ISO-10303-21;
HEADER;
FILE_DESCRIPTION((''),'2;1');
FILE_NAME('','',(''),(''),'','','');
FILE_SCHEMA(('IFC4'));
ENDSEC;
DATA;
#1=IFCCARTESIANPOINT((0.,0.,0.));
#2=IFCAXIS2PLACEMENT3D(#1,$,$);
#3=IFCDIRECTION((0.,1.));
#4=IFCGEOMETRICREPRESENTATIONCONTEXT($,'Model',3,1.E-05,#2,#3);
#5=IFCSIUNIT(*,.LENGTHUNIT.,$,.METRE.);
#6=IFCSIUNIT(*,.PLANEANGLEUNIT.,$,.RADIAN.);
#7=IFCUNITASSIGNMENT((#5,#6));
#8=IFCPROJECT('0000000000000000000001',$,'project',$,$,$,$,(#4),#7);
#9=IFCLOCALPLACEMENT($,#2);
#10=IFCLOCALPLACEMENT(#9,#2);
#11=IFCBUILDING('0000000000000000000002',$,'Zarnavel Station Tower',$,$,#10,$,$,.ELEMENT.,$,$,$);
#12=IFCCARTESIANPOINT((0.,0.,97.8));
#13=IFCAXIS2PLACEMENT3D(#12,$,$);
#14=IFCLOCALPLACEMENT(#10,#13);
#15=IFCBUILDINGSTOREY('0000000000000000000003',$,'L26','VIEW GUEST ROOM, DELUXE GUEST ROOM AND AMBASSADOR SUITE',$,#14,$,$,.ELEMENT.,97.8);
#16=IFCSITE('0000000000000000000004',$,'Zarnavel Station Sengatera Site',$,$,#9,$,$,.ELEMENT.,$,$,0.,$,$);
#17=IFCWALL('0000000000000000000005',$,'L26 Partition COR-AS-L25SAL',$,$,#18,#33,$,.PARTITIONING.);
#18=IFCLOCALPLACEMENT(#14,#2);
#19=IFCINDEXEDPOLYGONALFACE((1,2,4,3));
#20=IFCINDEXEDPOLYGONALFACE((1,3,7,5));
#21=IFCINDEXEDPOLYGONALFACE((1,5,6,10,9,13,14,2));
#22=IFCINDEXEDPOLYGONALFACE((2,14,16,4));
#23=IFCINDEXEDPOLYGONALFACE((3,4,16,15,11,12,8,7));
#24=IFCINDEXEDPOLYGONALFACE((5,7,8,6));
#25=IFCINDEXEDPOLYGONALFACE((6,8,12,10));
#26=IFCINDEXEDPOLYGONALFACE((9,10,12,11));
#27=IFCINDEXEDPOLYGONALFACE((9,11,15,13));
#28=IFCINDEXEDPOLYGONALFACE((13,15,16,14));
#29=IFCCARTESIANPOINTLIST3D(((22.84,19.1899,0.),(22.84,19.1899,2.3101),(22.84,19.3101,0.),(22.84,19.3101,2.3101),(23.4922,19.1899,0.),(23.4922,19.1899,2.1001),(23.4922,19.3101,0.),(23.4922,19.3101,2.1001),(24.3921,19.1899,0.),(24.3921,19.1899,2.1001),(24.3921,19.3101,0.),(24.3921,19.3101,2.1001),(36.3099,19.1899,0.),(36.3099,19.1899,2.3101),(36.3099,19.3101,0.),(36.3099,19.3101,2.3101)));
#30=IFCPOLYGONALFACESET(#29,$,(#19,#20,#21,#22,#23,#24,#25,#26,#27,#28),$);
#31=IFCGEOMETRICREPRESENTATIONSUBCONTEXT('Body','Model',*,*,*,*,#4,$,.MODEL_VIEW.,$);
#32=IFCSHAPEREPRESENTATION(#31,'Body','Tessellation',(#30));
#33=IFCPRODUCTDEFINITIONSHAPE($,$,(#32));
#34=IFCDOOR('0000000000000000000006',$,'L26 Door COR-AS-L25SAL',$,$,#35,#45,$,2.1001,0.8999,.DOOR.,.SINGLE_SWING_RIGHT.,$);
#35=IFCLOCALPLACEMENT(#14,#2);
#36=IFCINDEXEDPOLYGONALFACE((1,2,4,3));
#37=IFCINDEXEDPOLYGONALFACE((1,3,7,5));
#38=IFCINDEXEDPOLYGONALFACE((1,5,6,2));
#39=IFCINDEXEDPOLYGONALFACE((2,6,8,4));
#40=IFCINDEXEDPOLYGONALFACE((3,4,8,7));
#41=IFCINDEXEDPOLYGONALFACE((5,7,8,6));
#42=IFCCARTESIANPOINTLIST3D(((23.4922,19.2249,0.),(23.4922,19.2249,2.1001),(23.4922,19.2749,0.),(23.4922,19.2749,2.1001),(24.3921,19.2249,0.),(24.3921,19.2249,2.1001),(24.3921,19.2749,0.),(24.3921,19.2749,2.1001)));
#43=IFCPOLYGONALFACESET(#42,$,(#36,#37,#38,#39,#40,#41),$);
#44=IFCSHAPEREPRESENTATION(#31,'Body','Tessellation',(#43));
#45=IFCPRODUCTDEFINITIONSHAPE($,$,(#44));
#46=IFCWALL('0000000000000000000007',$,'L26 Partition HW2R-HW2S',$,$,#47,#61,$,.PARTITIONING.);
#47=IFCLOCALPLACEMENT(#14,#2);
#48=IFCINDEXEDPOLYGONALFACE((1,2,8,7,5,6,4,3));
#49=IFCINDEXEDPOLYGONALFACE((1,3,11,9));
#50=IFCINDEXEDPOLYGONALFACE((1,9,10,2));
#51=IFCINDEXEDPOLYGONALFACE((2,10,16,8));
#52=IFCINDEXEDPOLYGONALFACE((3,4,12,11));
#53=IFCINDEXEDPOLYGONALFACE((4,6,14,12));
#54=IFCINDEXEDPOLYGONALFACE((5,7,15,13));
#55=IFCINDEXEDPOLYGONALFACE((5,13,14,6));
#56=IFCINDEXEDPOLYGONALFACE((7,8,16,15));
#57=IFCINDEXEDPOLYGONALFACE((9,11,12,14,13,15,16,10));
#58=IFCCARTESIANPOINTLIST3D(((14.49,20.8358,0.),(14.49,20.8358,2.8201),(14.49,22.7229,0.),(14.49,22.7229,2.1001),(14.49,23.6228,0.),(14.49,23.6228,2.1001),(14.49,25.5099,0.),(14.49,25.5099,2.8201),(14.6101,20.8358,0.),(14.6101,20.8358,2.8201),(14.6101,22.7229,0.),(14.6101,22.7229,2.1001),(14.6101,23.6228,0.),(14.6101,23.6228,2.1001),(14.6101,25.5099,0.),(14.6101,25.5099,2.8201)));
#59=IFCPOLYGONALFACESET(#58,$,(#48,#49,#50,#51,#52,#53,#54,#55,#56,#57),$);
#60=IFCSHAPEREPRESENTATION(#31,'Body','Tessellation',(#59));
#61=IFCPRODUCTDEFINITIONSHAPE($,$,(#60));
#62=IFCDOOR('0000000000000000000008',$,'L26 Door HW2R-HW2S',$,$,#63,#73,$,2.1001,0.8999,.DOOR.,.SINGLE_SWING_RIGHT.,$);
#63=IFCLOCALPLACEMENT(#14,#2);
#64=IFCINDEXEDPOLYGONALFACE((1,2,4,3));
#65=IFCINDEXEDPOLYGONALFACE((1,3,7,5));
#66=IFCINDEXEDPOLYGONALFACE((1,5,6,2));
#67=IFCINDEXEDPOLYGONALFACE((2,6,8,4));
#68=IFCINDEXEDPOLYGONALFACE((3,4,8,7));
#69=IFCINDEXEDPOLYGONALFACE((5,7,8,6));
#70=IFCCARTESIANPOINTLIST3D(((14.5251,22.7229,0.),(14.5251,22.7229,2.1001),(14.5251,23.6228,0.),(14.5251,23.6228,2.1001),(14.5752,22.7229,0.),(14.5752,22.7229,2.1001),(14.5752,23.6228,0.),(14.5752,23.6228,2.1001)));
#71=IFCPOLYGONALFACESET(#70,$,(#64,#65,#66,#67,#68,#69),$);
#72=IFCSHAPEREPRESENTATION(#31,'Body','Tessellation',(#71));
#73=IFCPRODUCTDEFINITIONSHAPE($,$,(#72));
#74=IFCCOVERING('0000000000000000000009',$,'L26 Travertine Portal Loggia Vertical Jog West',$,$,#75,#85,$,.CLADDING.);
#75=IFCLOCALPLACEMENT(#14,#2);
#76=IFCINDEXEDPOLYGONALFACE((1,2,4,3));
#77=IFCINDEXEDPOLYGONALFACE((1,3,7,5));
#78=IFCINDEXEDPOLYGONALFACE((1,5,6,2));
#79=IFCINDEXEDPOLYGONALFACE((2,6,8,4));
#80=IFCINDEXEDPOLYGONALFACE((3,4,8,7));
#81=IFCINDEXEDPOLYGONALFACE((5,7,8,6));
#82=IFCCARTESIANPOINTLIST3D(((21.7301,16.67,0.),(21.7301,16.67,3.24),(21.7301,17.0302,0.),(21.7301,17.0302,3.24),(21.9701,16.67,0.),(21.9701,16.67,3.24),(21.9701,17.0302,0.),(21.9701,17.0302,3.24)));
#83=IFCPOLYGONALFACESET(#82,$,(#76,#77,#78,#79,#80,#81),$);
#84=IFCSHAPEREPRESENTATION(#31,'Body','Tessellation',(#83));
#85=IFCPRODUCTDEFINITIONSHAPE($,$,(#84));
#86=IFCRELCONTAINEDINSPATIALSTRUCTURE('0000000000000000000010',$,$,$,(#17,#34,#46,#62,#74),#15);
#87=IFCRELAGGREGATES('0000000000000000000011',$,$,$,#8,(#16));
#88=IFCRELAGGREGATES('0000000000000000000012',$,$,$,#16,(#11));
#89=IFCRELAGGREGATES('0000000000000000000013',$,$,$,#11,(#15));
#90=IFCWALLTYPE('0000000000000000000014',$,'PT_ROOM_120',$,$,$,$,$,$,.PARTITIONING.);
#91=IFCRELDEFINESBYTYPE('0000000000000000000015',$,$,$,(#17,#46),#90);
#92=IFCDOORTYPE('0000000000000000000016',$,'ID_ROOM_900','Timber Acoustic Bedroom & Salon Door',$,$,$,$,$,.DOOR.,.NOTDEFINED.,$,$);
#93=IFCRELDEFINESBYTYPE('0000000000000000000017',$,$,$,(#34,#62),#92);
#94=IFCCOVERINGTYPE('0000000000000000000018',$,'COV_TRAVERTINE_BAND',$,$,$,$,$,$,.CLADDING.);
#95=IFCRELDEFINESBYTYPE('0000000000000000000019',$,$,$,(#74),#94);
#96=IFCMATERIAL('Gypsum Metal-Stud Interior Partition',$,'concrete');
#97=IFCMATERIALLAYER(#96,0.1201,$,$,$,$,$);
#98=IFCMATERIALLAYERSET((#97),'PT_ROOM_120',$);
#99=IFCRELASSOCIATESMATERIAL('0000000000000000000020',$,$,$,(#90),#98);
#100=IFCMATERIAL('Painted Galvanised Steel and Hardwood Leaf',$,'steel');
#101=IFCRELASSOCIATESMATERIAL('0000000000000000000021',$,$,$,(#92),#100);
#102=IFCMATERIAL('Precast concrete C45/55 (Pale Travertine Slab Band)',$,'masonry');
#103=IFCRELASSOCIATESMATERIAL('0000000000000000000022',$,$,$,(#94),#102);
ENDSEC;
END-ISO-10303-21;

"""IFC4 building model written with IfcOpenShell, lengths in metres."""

from ifc_helpers import new_model, si_unit, direction, frame, frame_2d, origin, origin_2d, place, context, subcontext, project, spatial, rectangle, extrude, material, layer, layer_set, type_object, element, fill, save


model = new_model("IFC4")

# Units and contexts
model_context = context("Model", 3, precision=1e-05, world=origin(), true_north=direction((0.0, 1.0)))
body_context = subcontext(model_context, "Body", "Model", "MODEL_VIEW")
ifc_project = project(units=[si_unit("LENGTHUNIT", "METRE"), si_unit("PLANEANGLEUNIT", "RADIAN")], contexts=[model_context])

# Site, building, storey
site_placement = place(None, origin())
site = spatial("IfcSite", under=ifc_project, at=site_placement, Name="Zarnavel Station Sengatera Site", CompositionType="ELEMENT", RefElevation=0.0)
building_placement = place(site_placement, origin())
building = spatial("IfcBuilding", under=site, at=building_placement, Name="Zarnavel Station Tower", CompositionType="ELEMENT")
storey_placement = place(building_placement, frame((0.0, 0.0, 97.8)))
storey = spatial("IfcBuildingStorey", under=building, at=storey_placement, Name="L26", Description="VIEW GUEST ROOM, DELUXE GUEST ROOM AND AMBASSADOR SUITE", CompositionType="ELEMENT", Elevation=97.8)

# Walls, openings, doors
ifc_material_1 = material(Name="Gypsum Metal-Stud Interior Partition", Category="concrete")
ifc_layer_1 = layer(ifc_material_1, 0.1201)
ifc_layer_set_1 = layer_set([ifc_layer_1], Name="PT_ROOM_120")
wall_type_1 = type_object("IfcWallType", Name="PT_ROOM_120", PredefinedType="PARTITIONING", material=ifc_layer_set_1)
wall_1_placement = place(storey_placement, frame((22.8401, 19.25, 0.0), z_axis=(0.0, 0.0, 1.0), x_axis=(1.0, 0.0, 0.0)))
wall_1 = element("IfcWall", 1, at=wall_1_placement, inside=storey, type_object=wall_type_1, Name="L26 Partition COR-AS-L25SAL", PredefinedType="PARTITIONING", context=body_context, shape_type="SweptSolid", body=[
    extrude(rectangle(XDim=13.47, YDim=0.1201, at=frame_2d((6.7349, 0.0))), origin(), (0.0, 0.0, 1.0), 2.3101),
])
opening_1_placement = place(wall_1_placement, frame((0.6521, 0.0, 0.0)))
opening_1 = element("IfcOpeningElement", 2, at=opening_1_placement, cuts=wall_1, PredefinedType="OPENING", context=body_context, shape_type="SweptSolid", body=[
    extrude(rectangle(XDim=0.8999, YDim=2.1001, at=frame_2d((0.45, 1.05))), frame((0.0, 0.0701, 0.0), z_axis=(0.0, -1.0, 0.0), x_axis=(1.0, 0.0, 0.0)), (0.0, 0.0, 1.0), 0.1401),
])
ifc_material_2 = material(Name="Painted Galvanised Steel and Hardwood Leaf", Category="steel")
door_type_1 = type_object("IfcDoorType", Name="ID_ROOM_900", Description="Timber Acoustic Bedroom & Salon Door", OperationType="NOTDEFINED", PredefinedType="DOOR", material=ifc_material_2)
door_1_placement = place(opening_1_placement, origin())
door_1 = element("IfcDoor", 3, at=door_1_placement, inside=storey, type_object=door_type_1, Name="L26 Door COR-AS-L25SAL", OperationType="SINGLE_SWING_RIGHT", OverallHeight=2.1001, OverallWidth=0.8999, PredefinedType="DOOR", context=body_context, shape_type="SweptSolid", body=[
    extrude(rectangle(XDim=0.8999, YDim=2.1001, at=frame_2d((0.45, 1.05))), frame((0.0, 0.0249, 0.0), z_axis=(0.0, -1.0, 0.0), x_axis=(1.0, 0.0, 0.0)), (0.0, 0.0, 1.0), 0.05),
])
fill(opening_1, door_1)
wall_2_placement = place(storey_placement, frame((14.55, 20.8359, 0.0), z_axis=(0.0, 0.0, 1.0), x_axis=(0.0, 1.0, 0.0)))
wall_2 = element("IfcWall", 4, at=wall_2_placement, inside=storey, type_object=wall_type_1, Name="L26 Partition HW2R-HW2S", PredefinedType="PARTITIONING", context=body_context, shape_type="SweptSolid", body=[
    extrude(rectangle(XDim=4.6741, YDim=0.1201, at=frame_2d((2.3369, 0.0))), origin(), (0.0, 0.0, 1.0), 2.8201),
])
opening_2_placement = place(wall_2_placement, frame((1.887, 0.0, 0.0)))
opening_2 = element("IfcOpeningElement", 5, at=opening_2_placement, cuts=wall_2, PredefinedType="OPENING", context=body_context, shape_type="SweptSolid", body=[
    extrude(rectangle(XDim=0.8999, YDim=2.1001, at=frame_2d((0.45, 1.05))), frame((0.0, 0.0701, 0.0), z_axis=(0.0, -1.0, 0.0), x_axis=(1.0, 0.0, 0.0)), (0.0, 0.0, 1.0), 0.1401),
])
door_2_placement = place(opening_2_placement, origin())
door_2 = element("IfcDoor", 6, at=door_2_placement, inside=storey, type_object=door_type_1, Name="L26 Door HW2R-HW2S", OperationType="SINGLE_SWING_RIGHT", OverallHeight=2.1001, OverallWidth=0.8999, PredefinedType="DOOR", context=body_context, shape_type="SweptSolid", body=[
    extrude(rectangle(XDim=0.8999, YDim=2.1001, at=frame_2d((0.45, 1.05))), frame((0.0, 0.0249, 0.0), z_axis=(0.0, -1.0, 0.0), x_axis=(1.0, 0.0, 0.0)), (0.0, 0.0, 1.0), 0.05),
])
fill(opening_2, door_2)

# Covering
ifc_material_3 = material(Name="Precast concrete C45/55 (Pale Travertine Slab Band)", Category="masonry")
covering_type = type_object("IfcCoveringType", Name="COV_TRAVERTINE_BAND", PredefinedType="CLADDING", material=ifc_material_3)
covering_placement = place(storey_placement, frame((21.8501, 16.8501, 0.0), z_axis=(0.0, 0.0, 1.0), x_axis=(1.0, 0.0, 0.0)))
element("IfcCovering", 7, at=covering_placement, inside=storey, type_object=covering_type, Name="L26 Travertine Portal Loggia Vertical Jog West", PredefinedType="CLADDING", context=body_context, shape_type="SweptSolid", body=[
    extrude(rectangle(XDim=0.24, YDim=0.3601, at=origin_2d()), origin(), (0.0, 0.0, 1.0), 3.24),
])

save(model, "model.ifc")
